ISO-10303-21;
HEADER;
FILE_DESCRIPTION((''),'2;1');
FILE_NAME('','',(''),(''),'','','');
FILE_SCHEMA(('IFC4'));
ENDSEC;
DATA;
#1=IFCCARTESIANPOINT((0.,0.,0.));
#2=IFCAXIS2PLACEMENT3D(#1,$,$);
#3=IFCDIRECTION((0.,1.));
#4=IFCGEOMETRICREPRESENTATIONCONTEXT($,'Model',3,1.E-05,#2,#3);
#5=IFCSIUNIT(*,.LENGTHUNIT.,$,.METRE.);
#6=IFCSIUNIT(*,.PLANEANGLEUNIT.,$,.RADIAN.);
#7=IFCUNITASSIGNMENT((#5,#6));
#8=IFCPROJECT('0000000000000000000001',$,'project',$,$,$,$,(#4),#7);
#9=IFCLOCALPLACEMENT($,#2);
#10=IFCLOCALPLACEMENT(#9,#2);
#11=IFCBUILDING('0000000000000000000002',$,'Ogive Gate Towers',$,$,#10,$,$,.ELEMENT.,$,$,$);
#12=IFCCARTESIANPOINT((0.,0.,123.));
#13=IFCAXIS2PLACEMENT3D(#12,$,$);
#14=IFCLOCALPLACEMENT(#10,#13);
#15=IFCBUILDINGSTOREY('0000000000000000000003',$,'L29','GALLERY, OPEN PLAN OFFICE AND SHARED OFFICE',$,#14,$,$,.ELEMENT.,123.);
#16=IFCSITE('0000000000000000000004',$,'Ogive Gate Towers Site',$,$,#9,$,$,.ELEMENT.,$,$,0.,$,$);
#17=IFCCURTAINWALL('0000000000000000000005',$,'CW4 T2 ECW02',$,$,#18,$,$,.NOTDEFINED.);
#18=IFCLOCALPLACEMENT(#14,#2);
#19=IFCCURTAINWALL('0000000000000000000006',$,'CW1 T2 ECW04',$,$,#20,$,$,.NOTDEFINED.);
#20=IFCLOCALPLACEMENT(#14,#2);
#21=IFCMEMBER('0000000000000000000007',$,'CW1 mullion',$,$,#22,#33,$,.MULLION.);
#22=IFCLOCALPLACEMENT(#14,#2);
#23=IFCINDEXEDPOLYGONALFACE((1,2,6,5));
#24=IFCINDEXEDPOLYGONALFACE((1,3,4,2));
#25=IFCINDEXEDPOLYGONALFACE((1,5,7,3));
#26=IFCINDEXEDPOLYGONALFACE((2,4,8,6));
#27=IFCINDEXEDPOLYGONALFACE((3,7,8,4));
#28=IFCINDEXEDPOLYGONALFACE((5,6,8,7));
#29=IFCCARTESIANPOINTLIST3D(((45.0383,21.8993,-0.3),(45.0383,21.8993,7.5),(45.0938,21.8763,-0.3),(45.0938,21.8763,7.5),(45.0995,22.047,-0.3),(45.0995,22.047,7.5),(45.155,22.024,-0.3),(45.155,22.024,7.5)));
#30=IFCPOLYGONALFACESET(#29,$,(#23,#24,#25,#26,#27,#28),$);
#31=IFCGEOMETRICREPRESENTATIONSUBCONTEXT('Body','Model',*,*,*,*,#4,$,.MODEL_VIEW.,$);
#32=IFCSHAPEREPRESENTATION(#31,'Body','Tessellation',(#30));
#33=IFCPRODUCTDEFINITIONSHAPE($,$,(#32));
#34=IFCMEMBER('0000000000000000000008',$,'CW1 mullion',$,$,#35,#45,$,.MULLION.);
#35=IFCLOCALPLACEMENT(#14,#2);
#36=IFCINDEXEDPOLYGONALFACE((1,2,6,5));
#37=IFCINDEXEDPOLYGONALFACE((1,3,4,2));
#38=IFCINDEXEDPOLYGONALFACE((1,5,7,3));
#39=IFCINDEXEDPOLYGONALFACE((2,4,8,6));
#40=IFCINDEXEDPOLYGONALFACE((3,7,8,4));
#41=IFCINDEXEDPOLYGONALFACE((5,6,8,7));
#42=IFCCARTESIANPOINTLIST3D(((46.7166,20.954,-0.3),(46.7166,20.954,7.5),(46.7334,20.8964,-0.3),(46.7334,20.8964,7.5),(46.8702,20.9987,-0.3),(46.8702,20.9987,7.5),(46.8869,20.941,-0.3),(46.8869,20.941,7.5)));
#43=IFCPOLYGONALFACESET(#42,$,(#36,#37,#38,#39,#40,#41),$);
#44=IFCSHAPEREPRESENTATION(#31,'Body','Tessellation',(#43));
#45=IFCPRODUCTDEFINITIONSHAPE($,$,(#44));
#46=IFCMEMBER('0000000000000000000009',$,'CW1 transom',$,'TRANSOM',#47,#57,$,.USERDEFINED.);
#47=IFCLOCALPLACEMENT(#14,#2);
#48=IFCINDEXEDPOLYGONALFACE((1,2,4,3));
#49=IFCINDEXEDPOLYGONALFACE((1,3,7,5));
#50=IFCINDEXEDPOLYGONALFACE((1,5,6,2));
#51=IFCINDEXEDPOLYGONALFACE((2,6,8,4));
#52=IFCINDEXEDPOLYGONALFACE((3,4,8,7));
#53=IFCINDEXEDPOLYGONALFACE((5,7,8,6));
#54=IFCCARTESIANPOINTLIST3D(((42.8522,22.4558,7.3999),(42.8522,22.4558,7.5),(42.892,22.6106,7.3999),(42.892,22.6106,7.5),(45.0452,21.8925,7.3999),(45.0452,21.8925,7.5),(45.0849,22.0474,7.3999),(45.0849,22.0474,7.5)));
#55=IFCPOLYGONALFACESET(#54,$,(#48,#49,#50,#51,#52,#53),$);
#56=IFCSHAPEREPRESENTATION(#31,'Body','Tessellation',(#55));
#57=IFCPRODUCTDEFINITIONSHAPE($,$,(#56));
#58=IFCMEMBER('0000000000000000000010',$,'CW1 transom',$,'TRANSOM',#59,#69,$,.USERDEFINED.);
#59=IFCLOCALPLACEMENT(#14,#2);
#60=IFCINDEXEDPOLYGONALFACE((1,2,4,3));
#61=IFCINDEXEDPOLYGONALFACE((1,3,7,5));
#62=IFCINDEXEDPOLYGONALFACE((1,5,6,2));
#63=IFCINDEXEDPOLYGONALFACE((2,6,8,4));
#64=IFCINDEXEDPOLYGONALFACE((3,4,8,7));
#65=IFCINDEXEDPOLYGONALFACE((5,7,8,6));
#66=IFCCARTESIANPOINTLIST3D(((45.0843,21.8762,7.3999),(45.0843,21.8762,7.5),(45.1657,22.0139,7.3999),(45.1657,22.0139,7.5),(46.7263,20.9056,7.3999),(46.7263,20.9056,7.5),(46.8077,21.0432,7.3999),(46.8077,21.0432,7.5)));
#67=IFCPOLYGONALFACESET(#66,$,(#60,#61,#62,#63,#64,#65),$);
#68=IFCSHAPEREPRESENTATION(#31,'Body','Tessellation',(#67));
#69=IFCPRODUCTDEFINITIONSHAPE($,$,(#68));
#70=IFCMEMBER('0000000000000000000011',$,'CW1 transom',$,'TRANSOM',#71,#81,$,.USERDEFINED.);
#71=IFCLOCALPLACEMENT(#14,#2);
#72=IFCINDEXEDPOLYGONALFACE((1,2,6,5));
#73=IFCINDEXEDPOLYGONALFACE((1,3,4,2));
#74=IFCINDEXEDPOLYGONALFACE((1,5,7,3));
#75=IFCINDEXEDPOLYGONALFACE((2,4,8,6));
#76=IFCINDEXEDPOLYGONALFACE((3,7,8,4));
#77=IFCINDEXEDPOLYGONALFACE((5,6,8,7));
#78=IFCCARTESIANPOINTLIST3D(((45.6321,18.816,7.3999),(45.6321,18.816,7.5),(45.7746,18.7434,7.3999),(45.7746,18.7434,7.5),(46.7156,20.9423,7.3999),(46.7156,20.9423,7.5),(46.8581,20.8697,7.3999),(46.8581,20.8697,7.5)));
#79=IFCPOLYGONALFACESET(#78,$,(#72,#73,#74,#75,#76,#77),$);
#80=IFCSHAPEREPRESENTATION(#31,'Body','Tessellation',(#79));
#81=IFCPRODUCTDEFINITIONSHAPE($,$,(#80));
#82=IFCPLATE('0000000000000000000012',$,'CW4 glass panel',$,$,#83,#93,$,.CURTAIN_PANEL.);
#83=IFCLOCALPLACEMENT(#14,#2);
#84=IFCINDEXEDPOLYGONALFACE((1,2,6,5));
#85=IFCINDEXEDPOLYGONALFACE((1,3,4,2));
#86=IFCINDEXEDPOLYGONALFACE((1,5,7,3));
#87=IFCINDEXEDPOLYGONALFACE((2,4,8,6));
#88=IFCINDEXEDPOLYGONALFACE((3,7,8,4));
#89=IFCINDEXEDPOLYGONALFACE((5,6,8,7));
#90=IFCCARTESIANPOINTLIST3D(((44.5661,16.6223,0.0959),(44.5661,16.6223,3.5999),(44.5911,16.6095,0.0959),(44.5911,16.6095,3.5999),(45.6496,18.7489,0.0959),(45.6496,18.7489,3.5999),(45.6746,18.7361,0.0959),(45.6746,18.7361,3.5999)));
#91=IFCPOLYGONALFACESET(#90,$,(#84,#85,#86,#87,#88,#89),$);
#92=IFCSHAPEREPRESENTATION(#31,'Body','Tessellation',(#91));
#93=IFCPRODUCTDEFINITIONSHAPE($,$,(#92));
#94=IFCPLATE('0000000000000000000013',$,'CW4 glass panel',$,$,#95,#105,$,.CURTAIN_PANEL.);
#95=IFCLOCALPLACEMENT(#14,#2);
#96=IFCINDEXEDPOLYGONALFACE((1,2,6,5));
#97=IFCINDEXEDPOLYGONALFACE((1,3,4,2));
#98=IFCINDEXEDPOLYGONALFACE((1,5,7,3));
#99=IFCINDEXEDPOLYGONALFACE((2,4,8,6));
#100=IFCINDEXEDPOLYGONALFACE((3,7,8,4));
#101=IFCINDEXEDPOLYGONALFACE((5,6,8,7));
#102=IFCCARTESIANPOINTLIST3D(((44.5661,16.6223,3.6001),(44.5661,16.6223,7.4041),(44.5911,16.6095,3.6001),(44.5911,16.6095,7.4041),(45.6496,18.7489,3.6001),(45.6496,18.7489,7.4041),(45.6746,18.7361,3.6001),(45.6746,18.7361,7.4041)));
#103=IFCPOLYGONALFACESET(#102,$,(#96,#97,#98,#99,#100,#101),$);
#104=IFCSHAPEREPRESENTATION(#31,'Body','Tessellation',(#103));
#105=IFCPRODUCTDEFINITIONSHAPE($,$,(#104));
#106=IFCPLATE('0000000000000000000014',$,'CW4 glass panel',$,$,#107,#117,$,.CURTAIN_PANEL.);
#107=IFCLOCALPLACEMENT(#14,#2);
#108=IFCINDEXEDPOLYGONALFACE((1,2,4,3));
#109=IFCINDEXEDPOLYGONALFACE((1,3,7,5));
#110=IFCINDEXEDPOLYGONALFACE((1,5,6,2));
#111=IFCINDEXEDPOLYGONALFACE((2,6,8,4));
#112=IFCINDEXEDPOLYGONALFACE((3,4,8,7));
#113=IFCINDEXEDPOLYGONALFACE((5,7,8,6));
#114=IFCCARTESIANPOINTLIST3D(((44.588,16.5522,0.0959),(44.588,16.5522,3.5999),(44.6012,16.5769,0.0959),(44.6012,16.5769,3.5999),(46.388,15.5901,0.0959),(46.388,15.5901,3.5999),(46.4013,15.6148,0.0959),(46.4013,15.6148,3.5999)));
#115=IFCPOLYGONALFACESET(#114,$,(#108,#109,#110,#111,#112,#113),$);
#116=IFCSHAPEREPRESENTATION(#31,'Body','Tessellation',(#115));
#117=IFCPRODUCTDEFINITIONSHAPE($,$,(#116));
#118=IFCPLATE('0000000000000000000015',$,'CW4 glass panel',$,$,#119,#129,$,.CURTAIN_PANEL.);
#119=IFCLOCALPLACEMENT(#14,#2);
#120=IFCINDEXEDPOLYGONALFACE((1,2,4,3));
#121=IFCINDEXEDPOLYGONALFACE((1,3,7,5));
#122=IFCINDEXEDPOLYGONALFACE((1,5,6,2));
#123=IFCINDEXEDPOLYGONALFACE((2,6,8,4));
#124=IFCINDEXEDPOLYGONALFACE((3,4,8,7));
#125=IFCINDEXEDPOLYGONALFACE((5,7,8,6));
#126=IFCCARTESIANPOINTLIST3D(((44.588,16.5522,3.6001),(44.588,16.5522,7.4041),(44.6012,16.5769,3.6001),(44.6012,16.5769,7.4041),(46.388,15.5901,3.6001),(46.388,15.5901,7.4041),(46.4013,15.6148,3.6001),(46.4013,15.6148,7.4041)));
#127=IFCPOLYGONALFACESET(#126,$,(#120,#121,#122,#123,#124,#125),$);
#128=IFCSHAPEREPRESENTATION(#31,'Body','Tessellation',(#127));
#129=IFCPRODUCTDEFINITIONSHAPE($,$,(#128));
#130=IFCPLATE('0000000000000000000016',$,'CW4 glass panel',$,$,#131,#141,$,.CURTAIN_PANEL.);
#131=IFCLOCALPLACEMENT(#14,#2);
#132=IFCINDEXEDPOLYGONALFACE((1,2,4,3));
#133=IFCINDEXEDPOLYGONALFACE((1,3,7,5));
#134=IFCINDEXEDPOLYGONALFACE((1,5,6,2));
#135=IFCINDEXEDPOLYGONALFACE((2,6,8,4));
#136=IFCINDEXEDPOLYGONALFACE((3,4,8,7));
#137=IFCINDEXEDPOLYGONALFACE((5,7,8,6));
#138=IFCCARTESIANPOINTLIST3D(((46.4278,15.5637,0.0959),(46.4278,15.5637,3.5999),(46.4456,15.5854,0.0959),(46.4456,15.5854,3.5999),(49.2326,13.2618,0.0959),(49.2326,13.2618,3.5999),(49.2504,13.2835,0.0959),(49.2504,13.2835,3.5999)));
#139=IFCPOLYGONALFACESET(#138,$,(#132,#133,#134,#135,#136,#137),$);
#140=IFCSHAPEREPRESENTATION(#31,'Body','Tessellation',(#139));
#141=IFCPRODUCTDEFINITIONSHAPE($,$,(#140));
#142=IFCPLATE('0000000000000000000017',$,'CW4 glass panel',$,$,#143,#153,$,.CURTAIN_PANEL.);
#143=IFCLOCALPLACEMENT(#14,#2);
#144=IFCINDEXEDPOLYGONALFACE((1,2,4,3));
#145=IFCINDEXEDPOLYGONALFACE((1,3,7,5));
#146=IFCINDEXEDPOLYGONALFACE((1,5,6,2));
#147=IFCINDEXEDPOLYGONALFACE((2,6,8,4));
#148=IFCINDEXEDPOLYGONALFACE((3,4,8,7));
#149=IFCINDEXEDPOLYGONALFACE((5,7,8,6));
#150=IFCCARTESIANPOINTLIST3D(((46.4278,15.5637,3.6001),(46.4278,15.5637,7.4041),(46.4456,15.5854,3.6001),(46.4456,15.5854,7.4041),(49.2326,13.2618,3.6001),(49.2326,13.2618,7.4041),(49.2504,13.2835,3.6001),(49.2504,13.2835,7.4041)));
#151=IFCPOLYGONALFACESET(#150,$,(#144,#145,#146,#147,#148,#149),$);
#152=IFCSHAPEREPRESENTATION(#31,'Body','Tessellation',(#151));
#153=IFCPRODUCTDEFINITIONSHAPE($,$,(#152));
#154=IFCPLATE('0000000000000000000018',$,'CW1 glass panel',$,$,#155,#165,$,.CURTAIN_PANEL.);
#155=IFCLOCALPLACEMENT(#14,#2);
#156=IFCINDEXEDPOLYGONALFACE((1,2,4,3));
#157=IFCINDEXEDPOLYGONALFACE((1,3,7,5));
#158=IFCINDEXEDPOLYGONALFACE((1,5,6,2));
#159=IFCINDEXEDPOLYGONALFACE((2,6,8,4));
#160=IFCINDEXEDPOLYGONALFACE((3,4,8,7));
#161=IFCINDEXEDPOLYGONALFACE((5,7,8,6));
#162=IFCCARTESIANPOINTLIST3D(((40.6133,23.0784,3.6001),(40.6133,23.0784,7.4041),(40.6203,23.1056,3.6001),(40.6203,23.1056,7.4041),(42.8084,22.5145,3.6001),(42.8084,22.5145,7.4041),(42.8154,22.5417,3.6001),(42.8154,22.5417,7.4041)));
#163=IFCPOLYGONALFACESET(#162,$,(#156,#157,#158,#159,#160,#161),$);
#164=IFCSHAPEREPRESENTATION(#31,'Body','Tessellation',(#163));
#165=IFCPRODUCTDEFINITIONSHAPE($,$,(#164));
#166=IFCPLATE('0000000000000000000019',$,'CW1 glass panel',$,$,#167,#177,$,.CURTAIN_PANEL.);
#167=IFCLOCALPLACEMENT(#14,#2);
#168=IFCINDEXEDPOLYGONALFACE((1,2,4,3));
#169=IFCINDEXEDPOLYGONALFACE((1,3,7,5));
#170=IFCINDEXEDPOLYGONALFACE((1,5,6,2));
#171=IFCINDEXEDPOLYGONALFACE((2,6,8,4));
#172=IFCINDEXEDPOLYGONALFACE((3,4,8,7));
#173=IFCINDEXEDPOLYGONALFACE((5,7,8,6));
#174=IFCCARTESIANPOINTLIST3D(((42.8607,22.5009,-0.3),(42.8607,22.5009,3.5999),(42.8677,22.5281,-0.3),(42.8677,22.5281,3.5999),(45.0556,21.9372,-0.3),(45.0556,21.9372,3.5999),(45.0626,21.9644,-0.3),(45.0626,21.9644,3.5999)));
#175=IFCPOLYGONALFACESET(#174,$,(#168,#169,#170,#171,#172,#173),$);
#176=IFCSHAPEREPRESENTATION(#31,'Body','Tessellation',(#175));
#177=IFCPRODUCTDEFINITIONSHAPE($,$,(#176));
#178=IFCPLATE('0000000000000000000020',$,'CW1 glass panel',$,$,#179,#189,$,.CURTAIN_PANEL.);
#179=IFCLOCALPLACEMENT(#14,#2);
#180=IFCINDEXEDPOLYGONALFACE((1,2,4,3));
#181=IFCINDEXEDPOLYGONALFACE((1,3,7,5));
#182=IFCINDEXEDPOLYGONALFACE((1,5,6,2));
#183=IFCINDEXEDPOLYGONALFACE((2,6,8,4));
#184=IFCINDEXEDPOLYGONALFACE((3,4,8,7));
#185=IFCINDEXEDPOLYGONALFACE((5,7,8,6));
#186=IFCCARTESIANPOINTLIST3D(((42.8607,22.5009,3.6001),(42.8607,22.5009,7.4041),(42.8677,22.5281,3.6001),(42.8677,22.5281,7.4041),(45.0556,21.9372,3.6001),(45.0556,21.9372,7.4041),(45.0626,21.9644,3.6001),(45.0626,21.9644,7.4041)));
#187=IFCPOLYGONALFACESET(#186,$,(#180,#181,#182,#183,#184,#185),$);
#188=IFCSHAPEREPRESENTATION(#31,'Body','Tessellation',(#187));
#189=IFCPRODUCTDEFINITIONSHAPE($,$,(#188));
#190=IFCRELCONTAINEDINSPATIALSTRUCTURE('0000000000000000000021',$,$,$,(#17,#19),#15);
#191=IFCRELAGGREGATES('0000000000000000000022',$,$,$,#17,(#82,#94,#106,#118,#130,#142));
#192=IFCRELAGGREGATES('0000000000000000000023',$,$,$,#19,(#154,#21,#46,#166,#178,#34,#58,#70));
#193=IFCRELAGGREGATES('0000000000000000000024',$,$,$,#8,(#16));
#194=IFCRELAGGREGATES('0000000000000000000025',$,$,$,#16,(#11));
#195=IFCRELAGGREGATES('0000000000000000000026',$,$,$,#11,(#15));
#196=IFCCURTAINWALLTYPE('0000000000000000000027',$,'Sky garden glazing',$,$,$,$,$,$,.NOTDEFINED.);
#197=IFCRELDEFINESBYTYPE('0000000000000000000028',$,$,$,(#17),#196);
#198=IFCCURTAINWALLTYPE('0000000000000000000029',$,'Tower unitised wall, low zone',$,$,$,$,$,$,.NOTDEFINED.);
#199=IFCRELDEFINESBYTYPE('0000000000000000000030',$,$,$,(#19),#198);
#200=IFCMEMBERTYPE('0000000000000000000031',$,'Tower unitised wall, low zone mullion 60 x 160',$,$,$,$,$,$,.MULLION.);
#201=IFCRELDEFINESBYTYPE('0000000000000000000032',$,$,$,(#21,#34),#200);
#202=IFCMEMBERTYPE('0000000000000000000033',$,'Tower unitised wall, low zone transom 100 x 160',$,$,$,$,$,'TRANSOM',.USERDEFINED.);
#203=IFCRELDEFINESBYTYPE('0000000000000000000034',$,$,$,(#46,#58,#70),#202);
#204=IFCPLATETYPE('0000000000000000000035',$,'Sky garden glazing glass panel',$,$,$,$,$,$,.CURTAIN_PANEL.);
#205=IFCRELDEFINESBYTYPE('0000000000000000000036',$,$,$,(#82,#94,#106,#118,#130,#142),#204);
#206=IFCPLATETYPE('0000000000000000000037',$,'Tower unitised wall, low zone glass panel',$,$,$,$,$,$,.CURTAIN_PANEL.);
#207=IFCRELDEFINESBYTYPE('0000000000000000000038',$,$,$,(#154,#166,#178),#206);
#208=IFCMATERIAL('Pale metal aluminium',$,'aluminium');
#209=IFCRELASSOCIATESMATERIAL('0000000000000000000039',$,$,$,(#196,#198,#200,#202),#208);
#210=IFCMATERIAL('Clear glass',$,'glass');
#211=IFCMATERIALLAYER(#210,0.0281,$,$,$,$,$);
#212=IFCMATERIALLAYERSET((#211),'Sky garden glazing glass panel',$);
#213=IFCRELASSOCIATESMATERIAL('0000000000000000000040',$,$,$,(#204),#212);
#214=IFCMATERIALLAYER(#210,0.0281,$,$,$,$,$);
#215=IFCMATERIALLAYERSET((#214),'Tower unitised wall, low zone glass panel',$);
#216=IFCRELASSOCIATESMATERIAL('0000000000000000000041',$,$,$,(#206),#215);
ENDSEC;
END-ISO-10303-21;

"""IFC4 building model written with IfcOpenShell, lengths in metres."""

from ifc_helpers import new_model, si_unit, direction, frame, origin, origin_2d, place, context, subcontext, project, spatial, rectangle, extrude, material, layer, layer_set, material_profile, profile_set, type_object, element, aggregate, save


model = new_model("IFC4")

# Units and contexts
model_context = context("Model", 3, precision=1e-05, world=origin(), true_north=direction((0.0, 1.0)))
body_context = subcontext(model_context, "Body", "Model", "MODEL_VIEW")
ifc_project = project(units=[si_unit("LENGTHUNIT", "METRE"), si_unit("PLANEANGLEUNIT", "RADIAN")], contexts=[model_context])

# Site, building, storey
site_placement = place(None, origin())
site = spatial("IfcSite", under=ifc_project, at=site_placement, Name="Ogive Gate Towers Site", CompositionType="ELEMENT", RefElevation=0.0)
building_placement = place(site_placement, origin())
building = spatial("IfcBuilding", under=site, at=building_placement, Name="Ogive Gate Towers", CompositionType="ELEMENT")
storey_placement = place(building_placement, frame((0.0, 0.0, 123.0)))
storey = spatial("IfcBuildingStorey", under=building, at=storey_placement, Name="L29", Description="GALLERY, OPEN PLAN OFFICE AND SHARED OFFICE", CompositionType="ELEMENT", Elevation=123.0)

# Shared definitions
ifc_material_1 = material(Name="Pale metal aluminium", Category="aluminium")
curtain_wall_type_1 = type_object("IfcCurtainWallType", Name="Sky garden glazing", PredefinedType="NOTDEFINED", material=ifc_material_1)

# Curtain walls, members
curtain_wall_1_placement = place(storey_placement, origin())
curtain_wall_1 = element("IfcCurtainWall", 1, at=curtain_wall_1_placement, inside=storey, type_object=curtain_wall_type_1, Name="CW4 T2 ECW02", PredefinedType="NOTDEFINED")
curtain_wall_type_2 = type_object("IfcCurtainWallType", Name="Tower unitised wall, low zone", PredefinedType="NOTDEFINED", material=ifc_material_1)
curtain_wall_2_placement = place(storey_placement, origin())
curtain_wall_2 = element("IfcCurtainWall", 2, at=curtain_wall_2_placement, inside=storey, type_object=curtain_wall_type_2, Name="CW1 T2 ECW04", PredefinedType="NOTDEFINED")
ifc_material_profile_1 = material_profile(ifc_material_1, rectangle(XDim=0.1599, YDim=0.0601, at=origin_2d()), Name="60 x 160 aluminium box")
ifc_profile_set_1 = profile_set([ifc_material_profile_1], Name="Pale metal aluminium")
member_type_1 = type_object("IfcMemberType", Name="Tower unitised wall, low zone mullion 60 x 160", PredefinedType="MULLION", material=ifc_profile_set_1)
member_1_placement = place(storey_placement, frame((45.0967, 21.9617, -0.3), z_axis=(0.0, 0.0, 1.0), x_axis=(-0.382683, -0.92388, 0.0)))
member_1 = element("IfcMember", 3, at=member_1_placement, type_object=member_type_1, Name="CW1 mullion", PredefinedType="MULLION", context=body_context, shape_type="SweptSolid", body=[
    extrude(rectangle(XDim=0.1599, YDim=0.0601, at=origin_2d()), origin(), (0.0, 0.0, 1.0), 7.8),
])
member_2_placement = place(storey_placement, frame((46.8018, 20.9475, -0.3), z_axis=(0.0, 0.0, 1.0), x_axis=(-0.960279, -0.279041, 0.0)))
member_2 = element("IfcMember", 4, at=member_2_placement, type_object=member_type_1, Name="CW1 mullion", PredefinedType="MULLION", context=body_context, shape_type="SweptSolid", body=[
    extrude(rectangle(XDim=0.1599, YDim=0.0601, at=origin_2d()), origin(), (0.0, 0.0, 1.0), 7.8),
])
ifc_material_profile_2 = material_profile(ifc_material_1, rectangle(XDim=0.1599, YDim=0.1001, at=origin_2d()), Name="100 x 160 aluminium box")
ifc_profile_set_2 = profile_set([ifc_material_profile_2], Name="Pale metal aluminium")
member_type_2 = type_object("IfcMemberType", Name="Tower unitised wall, low zone transom 100 x 160", ElementType="TRANSOM", PredefinedType="USERDEFINED", material=ifc_profile_set_2)
member_3_placement = place(storey_placement, frame((42.8721, 22.5332, 7.45), z_axis=(0.968562, -0.248772, 0.0), x_axis=(0.248772, 0.968562, 0.0)))
member_3 = element("IfcMember", 5, at=member_3_placement, type_object=member_type_2, Name="CW1 transom", ObjectType="TRANSOM", PredefinedType="USERDEFINED", context=body_context, shape_type="SweptSolid", body=[
    extrude(rectangle(XDim=0.1599, YDim=0.1001, at=origin_2d()), origin(), (0.0, 0.0, 1.0), 2.2642),
])
member_4_placement = place(storey_placement, frame((45.125, 21.9451, 7.45), z_axis=(0.86084, -0.508876, 0.0), x_axis=(0.508876, 0.86084, 0.0)))
member_4 = element("IfcMember", 6, at=member_4_placement, type_object=member_type_2, Name="CW1 transom", ObjectType="TRANSOM", PredefinedType="USERDEFINED", context=body_context, shape_type="SweptSolid", body=[
    extrude(rectangle(XDim=0.1599, YDim=0.1001, at=origin_2d()), origin(), (0.0, 0.0, 1.0), 1.9075),
])
member_5_placement = place(storey_placement, frame((46.7869, 20.906, 7.45), z_axis=(-0.454035, -0.890984, 0.0), x_axis=(0.890984, -0.454035, 0.0)))
member_5 = element("IfcMember", 7, at=member_5_placement, type_object=member_type_2, Name="CW1 transom", ObjectType="TRANSOM", PredefinedType="USERDEFINED", context=body_context, shape_type="SweptSolid", body=[
    extrude(rectangle(XDim=0.1599, YDim=0.1001, at=origin_2d()), origin(), (0.0, 0.0, 1.0), 2.3865),
])

# Plates
ifc_material_2 = material(Name="Clear glass", Category="glass")
ifc_layer_1 = layer(ifc_material_2, 0.0281)
ifc_layer_set_1 = layer_set([ifc_layer_1], Name="Sky garden glazing glass panel")
plate_type_1 = type_object("IfcPlateType", Name="Sky garden glazing glass panel", PredefinedType="CURTAIN_PANEL", material=ifc_layer_set_1)
plate_1_placement = place(storey_placement, frame((45.1204, 17.6792, 0.0959), z_axis=(0.0, 0.0, 1.0), x_axis=(-0.45399, -0.891007, 0.0)))
plate_1 = element("IfcPlate", 8, at=plate_1_placement, type_object=plate_type_1, Name="CW4 glass panel", PredefinedType="CURTAIN_PANEL", context=body_context, shape_type="SweptSolid", body=[
    extrude(rectangle(XDim=2.3867, YDim=0.0281, at=origin_2d()), origin(), (0.0, 0.0, 1.0), 3.5039),
])
plate_2_placement = place(storey_placement, frame((45.1204, 17.6792, 3.6001), z_axis=(0.0, 0.0, 1.0), x_axis=(-0.45399, -0.891007, 0.0)))
plate_2 = element("IfcPlate", 9, at=plate_2_placement, type_object=plate_type_1, Name="CW4 glass panel", PredefinedType="CURTAIN_PANEL", context=body_context, shape_type="SweptSolid", body=[
    extrude(rectangle(XDim=2.3867, YDim=0.0281, at=origin_2d()), origin(), (0.0, 0.0, 1.0), 3.804),
])
plate_3_placement = place(storey_placement, frame((45.4946, 16.0835, 0.0959), z_axis=(0.0, 0.0, 1.0), x_axis=(0.881929, -0.471381, 0.0)))
plate_3 = element("IfcPlate", 10, at=plate_3_placement, type_object=plate_type_1, Name="CW4 glass panel", PredefinedType="CURTAIN_PANEL", context=body_context, shape_type="SweptSolid", body=[
    extrude(rectangle(XDim=2.041, YDim=0.0281, at=origin_2d()), origin(), (0.0, 0.0, 1.0), 3.5039),
])
plate_4_placement = place(storey_placement, frame((45.4946, 16.0835, 3.6001), z_axis=(0.0, 0.0, 1.0), x_axis=(0.881929, -0.471381, 0.0)))
plate_4 = element("IfcPlate", 11, at=plate_4_placement, type_object=plate_type_1, Name="CW4 glass panel", PredefinedType="CURTAIN_PANEL", context=body_context, shape_type="SweptSolid", body=[
    extrude(rectangle(XDim=2.041, YDim=0.0281, at=origin_2d()), origin(), (0.0, 0.0, 1.0), 3.804),
])
plate_5_placement = place(storey_placement, frame((47.8391, 14.4236, 0.0959), z_axis=(0.0, 0.0, 1.0), x_axis=(0.77301, -0.634393, 0.0)))
plate_5 = element("IfcPlate", 12, at=plate_5_placement, type_object=plate_type_1, Name="CW4 glass panel", PredefinedType="CURTAIN_PANEL", context=body_context, shape_type="SweptSolid", body=[
    extrude(rectangle(XDim=3.6284, YDim=0.0281, at=origin_2d()), origin(), (0.0, 0.0, 1.0), 3.5039),
])
plate_6_placement = place(storey_placement, frame((47.8391, 14.4236, 3.6001), z_axis=(0.0, 0.0, 1.0), x_axis=(0.77301, -0.634393, 0.0)))
plate_6 = element("IfcPlate", 13, at=plate_6_placement, type_object=plate_type_1, Name="CW4 glass panel", PredefinedType="CURTAIN_PANEL", context=body_context, shape_type="SweptSolid", body=[
    extrude(rectangle(XDim=3.6284, YDim=0.0281, at=origin_2d()), origin(), (0.0, 0.0, 1.0), 3.804),
])
aggregate(curtain_wall_1, [plate_1, plate_2, plate_3, plate_4, plate_5, plate_6])
ifc_layer_2 = layer(ifc_material_2, 0.0281)
ifc_layer_set_2 = layer_set([ifc_layer_2], Name="Tower unitised wall, low zone glass panel")
plate_type_2 = type_object("IfcPlateType", Name="Tower unitised wall, low zone glass panel", PredefinedType="CURTAIN_PANEL", material=ifc_layer_set_2)
plate_7_placement = place(storey_placement, frame((41.7144, 22.8101, 3.6001), z_axis=(0.0, 0.0, 1.0), x_axis=(0.968548, -0.248825, 0.0)))
plate_7 = element("IfcPlate", 14, at=plate_7_placement, type_object=plate_type_2, Name="CW1 glass panel", PredefinedType="CURTAIN_PANEL", context=body_context, shape_type="SweptSolid", body=[
    extrude(rectangle(XDim=2.2664, YDim=0.0281, at=origin_2d()), origin(), (0.0, 0.0, 1.0), 3.804),
])
plate_8_placement = place(storey_placement, frame((43.9617, 22.2327, -0.3), z_axis=(0.0, 0.0, 1.0), x_axis=(0.968561, -0.248774, 0.0)))
plate_8 = element("IfcPlate", 15, at=plate_8_placement, type_object=plate_type_2, Name="CW1 glass panel", PredefinedType="CURTAIN_PANEL", context=body_context, shape_type="SweptSolid", body=[
    extrude(rectangle(XDim=2.2661, YDim=0.0281, at=origin_2d()), origin(), (0.0, 0.0, 1.0), 3.8999),
])
plate_9_placement = place(storey_placement, frame((43.9617, 22.2327, 3.6001), z_axis=(0.0, 0.0, 1.0), x_axis=(0.968561, -0.248774, 0.0)))
plate_9 = element("IfcPlate", 16, at=plate_9_placement, type_object=plate_type_2, Name="CW1 glass panel", PredefinedType="CURTAIN_PANEL", context=body_context, shape_type="SweptSolid", body=[
    extrude(rectangle(XDim=2.2661, YDim=0.0281, at=origin_2d()), origin(), (0.0, 0.0, 1.0), 3.804),
])
aggregate(curtain_wall_2, [plate_7, member_1, member_3, plate_8, plate_9, member_2, member_4, member_5])

save(model, "model.ifc")
